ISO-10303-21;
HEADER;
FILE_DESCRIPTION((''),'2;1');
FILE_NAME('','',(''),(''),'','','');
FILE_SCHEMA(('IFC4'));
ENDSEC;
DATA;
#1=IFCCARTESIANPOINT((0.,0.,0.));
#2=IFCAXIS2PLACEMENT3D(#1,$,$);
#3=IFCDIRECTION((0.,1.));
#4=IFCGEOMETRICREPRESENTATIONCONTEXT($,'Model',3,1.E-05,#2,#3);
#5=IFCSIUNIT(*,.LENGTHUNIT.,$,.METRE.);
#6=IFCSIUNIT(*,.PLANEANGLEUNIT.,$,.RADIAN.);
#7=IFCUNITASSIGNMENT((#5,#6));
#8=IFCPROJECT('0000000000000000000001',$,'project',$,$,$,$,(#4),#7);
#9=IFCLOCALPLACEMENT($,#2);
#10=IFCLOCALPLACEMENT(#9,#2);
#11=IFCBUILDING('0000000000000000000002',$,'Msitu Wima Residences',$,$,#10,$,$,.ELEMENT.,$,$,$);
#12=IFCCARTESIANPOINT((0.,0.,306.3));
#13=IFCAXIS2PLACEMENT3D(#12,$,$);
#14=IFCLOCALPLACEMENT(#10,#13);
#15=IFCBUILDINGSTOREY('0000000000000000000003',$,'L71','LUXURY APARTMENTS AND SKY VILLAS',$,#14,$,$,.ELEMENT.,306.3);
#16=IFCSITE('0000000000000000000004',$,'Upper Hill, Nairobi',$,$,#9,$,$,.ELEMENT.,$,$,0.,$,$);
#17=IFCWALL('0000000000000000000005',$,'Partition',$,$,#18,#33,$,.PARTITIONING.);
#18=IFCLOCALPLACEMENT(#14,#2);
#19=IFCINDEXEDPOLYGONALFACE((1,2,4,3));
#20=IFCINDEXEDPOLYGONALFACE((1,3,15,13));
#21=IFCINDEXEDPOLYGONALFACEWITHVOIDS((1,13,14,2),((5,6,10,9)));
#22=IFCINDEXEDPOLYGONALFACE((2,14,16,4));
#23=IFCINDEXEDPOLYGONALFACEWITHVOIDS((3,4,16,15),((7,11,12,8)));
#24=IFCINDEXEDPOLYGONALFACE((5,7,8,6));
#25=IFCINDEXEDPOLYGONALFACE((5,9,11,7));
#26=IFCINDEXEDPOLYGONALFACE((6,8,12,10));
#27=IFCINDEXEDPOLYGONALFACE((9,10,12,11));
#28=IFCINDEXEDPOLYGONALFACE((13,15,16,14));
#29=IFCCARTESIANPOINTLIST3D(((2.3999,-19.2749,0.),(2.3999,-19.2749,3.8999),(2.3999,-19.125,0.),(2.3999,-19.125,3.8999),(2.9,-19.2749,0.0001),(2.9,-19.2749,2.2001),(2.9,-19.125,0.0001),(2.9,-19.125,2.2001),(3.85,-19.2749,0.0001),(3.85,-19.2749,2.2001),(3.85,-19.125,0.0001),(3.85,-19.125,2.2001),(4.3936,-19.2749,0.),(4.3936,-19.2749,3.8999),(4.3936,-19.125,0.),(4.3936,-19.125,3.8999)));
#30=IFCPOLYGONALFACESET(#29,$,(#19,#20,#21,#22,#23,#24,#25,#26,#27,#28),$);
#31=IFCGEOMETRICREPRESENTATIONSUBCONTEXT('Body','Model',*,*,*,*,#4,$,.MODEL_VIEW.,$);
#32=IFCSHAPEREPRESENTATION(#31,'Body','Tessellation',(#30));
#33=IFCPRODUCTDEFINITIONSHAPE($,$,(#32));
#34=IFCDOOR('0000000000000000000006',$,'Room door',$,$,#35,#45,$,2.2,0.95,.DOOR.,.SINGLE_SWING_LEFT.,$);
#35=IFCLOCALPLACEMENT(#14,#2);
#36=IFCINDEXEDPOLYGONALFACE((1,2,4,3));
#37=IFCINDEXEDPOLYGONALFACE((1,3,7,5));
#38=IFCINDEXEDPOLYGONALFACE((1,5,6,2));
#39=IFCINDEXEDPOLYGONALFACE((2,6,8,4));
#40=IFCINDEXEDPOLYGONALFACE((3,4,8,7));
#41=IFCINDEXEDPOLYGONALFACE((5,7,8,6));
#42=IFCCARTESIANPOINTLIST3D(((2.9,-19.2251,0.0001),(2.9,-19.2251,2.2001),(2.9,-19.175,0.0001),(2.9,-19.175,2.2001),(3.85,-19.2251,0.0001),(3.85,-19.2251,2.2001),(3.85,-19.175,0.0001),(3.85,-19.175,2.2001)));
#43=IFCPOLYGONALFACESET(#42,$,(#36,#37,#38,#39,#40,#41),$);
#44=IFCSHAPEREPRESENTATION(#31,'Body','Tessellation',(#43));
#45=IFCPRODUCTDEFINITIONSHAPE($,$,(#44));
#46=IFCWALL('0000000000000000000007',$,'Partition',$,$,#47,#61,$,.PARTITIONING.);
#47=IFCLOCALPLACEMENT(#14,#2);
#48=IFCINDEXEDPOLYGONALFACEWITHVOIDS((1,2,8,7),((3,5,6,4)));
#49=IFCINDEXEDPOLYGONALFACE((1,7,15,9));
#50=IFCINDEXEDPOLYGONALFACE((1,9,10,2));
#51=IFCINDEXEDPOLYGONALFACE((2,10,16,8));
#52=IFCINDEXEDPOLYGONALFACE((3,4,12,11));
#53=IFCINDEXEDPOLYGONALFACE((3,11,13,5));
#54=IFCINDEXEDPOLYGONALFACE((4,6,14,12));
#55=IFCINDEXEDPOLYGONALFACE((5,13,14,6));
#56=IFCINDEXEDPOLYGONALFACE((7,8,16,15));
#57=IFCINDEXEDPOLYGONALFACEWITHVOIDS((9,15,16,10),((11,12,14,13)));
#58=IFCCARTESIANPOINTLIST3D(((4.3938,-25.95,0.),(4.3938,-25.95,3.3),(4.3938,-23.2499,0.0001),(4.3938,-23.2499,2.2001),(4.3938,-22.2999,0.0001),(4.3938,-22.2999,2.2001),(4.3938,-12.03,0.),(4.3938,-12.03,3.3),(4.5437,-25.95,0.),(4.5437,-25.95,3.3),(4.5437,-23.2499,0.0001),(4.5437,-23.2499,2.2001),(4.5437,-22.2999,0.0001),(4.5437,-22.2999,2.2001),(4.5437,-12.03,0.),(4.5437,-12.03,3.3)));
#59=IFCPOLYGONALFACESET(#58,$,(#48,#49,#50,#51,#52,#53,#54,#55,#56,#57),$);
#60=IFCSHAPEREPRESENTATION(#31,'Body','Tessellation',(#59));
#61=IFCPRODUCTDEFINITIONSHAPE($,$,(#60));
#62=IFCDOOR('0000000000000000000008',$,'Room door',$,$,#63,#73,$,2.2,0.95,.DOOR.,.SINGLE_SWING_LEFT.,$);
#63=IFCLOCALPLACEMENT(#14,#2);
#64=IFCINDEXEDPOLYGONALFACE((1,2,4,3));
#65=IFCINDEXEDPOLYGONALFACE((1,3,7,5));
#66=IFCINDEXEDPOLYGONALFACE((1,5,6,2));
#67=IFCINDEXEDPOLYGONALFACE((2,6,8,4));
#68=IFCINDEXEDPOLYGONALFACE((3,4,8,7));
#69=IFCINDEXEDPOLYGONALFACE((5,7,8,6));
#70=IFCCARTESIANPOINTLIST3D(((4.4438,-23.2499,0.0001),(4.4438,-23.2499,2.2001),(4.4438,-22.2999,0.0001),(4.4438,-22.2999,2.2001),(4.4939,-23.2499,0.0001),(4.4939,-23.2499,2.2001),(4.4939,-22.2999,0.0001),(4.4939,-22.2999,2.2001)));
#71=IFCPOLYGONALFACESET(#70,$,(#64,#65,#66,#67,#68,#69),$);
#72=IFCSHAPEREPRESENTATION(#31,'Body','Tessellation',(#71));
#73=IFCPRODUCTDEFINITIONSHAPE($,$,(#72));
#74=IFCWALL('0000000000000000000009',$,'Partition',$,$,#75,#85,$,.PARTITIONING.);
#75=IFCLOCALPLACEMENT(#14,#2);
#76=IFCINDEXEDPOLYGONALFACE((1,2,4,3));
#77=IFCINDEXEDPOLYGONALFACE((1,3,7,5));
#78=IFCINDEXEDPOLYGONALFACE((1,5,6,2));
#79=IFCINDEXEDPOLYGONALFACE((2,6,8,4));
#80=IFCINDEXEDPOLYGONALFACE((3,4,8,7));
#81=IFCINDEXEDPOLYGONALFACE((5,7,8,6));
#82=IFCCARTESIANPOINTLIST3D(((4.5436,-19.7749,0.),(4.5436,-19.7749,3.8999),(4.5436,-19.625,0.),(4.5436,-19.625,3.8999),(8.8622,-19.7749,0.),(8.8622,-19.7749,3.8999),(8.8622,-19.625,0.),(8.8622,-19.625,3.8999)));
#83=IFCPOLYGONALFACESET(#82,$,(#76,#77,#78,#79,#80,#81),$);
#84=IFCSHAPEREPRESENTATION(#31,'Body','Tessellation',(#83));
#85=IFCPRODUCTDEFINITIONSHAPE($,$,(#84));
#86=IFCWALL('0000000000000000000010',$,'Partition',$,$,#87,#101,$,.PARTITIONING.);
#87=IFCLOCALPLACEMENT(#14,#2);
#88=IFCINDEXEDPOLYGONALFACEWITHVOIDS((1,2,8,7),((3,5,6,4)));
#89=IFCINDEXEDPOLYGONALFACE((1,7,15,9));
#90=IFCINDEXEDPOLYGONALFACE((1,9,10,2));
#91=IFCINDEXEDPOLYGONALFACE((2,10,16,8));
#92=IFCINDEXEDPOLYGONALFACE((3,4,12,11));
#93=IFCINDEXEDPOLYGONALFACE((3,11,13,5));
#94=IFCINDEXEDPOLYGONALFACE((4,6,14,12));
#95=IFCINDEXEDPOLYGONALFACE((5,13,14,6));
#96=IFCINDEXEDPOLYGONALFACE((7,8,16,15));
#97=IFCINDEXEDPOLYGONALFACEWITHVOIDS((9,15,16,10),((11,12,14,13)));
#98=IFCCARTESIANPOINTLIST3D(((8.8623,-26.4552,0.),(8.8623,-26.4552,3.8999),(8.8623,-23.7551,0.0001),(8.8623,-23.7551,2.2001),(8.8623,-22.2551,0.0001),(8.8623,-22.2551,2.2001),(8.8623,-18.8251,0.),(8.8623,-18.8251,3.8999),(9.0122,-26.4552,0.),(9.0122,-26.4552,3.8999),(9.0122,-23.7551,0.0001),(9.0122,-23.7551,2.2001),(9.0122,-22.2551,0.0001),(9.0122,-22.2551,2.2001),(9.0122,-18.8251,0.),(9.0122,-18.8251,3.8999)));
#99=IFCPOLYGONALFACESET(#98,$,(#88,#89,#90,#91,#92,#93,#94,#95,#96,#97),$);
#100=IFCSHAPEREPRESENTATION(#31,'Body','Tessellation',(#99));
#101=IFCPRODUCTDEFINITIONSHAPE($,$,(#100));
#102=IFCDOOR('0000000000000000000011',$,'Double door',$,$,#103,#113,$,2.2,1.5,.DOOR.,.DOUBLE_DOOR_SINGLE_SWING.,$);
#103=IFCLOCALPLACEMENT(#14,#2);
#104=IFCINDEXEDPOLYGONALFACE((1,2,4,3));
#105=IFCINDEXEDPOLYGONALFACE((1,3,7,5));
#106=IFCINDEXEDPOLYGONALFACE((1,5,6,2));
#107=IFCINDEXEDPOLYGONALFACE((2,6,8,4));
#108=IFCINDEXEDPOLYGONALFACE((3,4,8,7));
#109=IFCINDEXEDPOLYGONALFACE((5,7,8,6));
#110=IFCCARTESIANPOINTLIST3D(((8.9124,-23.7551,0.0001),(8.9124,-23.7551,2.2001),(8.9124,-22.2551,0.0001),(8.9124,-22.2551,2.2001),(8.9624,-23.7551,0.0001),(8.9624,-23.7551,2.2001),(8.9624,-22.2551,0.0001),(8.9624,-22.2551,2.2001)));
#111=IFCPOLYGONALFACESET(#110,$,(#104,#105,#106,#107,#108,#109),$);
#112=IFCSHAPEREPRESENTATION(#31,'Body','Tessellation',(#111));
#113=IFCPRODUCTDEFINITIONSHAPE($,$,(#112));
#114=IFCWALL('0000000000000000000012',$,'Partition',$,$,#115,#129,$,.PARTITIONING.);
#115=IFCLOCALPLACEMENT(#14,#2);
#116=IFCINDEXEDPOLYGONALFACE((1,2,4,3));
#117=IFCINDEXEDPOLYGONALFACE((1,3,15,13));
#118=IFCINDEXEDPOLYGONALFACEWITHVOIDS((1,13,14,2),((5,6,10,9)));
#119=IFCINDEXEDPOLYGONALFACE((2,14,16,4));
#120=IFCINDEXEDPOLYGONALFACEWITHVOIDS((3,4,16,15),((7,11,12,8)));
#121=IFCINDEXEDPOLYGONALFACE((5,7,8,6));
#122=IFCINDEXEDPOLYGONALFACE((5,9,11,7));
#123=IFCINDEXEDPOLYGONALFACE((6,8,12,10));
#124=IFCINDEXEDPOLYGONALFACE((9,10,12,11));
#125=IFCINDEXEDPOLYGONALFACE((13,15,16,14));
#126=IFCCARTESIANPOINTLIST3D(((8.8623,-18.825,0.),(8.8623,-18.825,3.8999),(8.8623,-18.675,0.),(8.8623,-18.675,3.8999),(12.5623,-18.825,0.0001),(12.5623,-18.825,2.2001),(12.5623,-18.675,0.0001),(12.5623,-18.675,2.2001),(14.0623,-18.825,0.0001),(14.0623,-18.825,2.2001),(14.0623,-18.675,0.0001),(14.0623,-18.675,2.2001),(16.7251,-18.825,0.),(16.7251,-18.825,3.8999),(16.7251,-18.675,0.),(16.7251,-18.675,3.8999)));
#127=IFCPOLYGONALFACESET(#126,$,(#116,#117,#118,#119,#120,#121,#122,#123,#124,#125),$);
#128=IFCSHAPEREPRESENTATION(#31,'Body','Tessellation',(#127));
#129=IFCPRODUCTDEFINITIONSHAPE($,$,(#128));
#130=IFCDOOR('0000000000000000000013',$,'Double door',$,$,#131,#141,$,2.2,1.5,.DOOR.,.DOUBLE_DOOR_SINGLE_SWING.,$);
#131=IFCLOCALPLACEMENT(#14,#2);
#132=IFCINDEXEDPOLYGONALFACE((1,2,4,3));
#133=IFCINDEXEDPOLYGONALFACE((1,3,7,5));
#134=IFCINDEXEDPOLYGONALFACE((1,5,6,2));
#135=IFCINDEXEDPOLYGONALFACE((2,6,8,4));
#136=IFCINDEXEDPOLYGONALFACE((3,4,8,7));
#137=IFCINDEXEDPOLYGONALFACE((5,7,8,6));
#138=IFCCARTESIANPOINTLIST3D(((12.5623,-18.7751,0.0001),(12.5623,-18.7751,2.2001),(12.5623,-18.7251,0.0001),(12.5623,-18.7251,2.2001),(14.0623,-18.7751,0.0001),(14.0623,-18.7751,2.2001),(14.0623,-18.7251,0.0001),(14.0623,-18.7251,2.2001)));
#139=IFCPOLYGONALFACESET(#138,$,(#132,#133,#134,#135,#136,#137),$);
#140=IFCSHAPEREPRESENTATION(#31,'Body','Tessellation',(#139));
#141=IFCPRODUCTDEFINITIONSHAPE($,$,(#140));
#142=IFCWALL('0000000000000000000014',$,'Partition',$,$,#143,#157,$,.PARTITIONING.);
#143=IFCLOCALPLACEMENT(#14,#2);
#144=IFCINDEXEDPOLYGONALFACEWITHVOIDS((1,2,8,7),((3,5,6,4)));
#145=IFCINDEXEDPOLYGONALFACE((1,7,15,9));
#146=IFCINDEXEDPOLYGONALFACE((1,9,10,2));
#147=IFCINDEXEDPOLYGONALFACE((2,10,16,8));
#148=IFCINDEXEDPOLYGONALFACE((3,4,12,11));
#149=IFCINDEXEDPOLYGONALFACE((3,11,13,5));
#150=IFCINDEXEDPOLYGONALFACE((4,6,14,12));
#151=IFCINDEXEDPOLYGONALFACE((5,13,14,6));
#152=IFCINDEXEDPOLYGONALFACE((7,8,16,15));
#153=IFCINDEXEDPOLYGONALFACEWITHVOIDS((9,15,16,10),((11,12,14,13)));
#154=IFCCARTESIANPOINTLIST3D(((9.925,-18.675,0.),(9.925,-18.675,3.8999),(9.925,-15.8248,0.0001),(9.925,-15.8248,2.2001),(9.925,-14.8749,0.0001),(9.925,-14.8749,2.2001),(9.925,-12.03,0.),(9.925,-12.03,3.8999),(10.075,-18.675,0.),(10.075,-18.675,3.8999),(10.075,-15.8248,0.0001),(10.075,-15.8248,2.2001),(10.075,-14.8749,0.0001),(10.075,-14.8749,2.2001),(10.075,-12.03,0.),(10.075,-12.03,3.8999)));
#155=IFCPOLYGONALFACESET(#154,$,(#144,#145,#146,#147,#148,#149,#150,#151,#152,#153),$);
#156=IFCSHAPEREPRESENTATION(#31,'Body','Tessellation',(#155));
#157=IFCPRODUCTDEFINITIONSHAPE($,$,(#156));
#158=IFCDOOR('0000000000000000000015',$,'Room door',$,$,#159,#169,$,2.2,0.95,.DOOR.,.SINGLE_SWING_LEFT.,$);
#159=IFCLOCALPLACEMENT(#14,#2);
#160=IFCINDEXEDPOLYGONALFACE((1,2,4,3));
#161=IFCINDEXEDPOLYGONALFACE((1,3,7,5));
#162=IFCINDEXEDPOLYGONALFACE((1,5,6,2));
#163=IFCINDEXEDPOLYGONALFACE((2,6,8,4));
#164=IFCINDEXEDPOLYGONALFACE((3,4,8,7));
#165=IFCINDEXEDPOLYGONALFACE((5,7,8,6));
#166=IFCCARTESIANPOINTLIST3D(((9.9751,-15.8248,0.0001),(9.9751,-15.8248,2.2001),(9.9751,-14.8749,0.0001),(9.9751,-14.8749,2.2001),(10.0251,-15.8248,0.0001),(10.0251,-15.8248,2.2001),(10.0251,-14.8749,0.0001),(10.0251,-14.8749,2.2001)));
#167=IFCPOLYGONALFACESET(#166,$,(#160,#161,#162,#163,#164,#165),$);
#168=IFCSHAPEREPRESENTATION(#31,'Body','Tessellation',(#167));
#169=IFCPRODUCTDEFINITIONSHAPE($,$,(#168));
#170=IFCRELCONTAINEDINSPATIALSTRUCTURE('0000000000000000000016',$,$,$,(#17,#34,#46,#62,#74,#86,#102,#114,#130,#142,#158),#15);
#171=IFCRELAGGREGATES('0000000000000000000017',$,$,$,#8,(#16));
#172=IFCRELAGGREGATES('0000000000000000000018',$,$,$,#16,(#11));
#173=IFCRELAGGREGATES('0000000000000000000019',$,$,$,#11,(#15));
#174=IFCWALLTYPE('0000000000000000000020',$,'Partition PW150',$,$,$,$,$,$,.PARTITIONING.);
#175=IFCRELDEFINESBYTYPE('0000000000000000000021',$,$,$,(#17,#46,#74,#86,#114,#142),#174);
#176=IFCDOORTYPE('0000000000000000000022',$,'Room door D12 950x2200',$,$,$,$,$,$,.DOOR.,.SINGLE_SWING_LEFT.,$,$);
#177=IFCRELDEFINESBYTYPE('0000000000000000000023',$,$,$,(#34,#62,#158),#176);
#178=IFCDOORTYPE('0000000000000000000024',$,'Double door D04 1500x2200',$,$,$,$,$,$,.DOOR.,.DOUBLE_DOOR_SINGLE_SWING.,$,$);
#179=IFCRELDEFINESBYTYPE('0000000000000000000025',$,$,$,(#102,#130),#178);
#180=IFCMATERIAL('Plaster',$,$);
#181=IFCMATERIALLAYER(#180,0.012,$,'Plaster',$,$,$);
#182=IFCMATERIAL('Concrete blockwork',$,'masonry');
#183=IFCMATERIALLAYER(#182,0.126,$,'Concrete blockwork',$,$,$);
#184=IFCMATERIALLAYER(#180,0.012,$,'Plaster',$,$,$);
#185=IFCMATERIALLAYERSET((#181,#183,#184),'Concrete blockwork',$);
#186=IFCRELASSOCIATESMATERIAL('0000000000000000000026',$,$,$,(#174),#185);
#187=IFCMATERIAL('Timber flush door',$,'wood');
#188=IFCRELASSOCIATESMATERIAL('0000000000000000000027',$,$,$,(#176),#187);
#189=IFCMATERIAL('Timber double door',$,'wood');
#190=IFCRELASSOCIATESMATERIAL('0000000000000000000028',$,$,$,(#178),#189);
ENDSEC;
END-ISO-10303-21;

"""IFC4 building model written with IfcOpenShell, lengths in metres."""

from ifc_helpers import new_model, si_unit, direction, frame, frame_2d, origin, place, context, subcontext, project, spatial, rectangle, extrude, material, layer, layer_set, type_object, element, fill, save


model = new_model("IFC4")

# Units and contexts
model_context = context("Model", 3, precision=1e-05, world=origin(), true_north=direction((0.0, 1.0)))
body_context = subcontext(model_context, "Body", "Model", "MODEL_VIEW")
ifc_project = project(units=[si_unit("LENGTHUNIT", "METRE"), si_unit("PLANEANGLEUNIT", "RADIAN")], contexts=[model_context])

# Site, building, storey
site_placement = place(None, origin())
site = spatial("IfcSite", under=ifc_project, at=site_placement, Name="Upper Hill, Nairobi", CompositionType="ELEMENT", RefElevation=0.0)
building_placement = place(site_placement, origin())
building = spatial("IfcBuilding", under=site, at=building_placement, Name="Msitu Wima Residences", CompositionType="ELEMENT")
storey_placement = place(building_placement, frame((0.0, 0.0, 306.3)))
storey = spatial("IfcBuildingStorey", under=building, at=storey_placement, Name="L71", Description="LUXURY APARTMENTS AND SKY VILLAS", CompositionType="ELEMENT", Elevation=306.3)

# Walls, openings, doors
ifc_material_1 = material(Name="Plaster")
ifc_layer_1 = layer(ifc_material_1, 0.012, Name="Plaster")
ifc_material_2 = material(Name="Concrete blockwork", Category="masonry")
ifc_layer_2 = layer(ifc_material_2, 0.126, Name="Concrete blockwork")
ifc_layer_3 = layer(ifc_material_1, 0.012, Name="Plaster")
ifc_layer_set_1 = layer_set([ifc_layer_1, ifc_layer_2, ifc_layer_3], Name="Concrete blockwork")
wall_type_1 = type_object("IfcWallType", Name="Partition PW150", PredefinedType="PARTITIONING", material=ifc_layer_set_1)
wall_1_placement = place(storey_placement, frame((2.3999, -19.2, 0.0), z_axis=(0.0, 0.0, 1.0), x_axis=(1.0, 0.0, 0.0)))
wall_1 = element("IfcWall", 1, at=wall_1_placement, inside=storey, type_object=wall_type_1, Name="Partition", PredefinedType="PARTITIONING", context=body_context, shape_type="SweptSolid", body=[
    extrude(rectangle(XDim=1.9937, YDim=0.1499, at=frame_2d((0.9968, 0.0))), origin(), (0.0, 0.0, 1.0), 3.8999),
])
opening_1_placement = place(wall_1_placement, frame((0.5, 0.0, 0.0)))
opening_1 = element("IfcOpeningElement", 2, at=opening_1_placement, cuts=wall_1, PredefinedType="OPENING", context=body_context, shape_type="SweptSolid", body=[
    extrude(rectangle(XDim=0.95, YDim=2.2, at=frame_2d((0.4751, 1.1001))), frame((0.0, 0.085, 0.0), z_axis=(0.0, -1.0, 0.0), x_axis=(1.0, 0.0, 0.0)), (0.0, 0.0, 1.0), 0.1699),
])
ifc_material_3 = material(Name="Timber flush door", Category="wood")
door_type_1 = type_object("IfcDoorType", Name="Room door D12 950x2200", OperationType="SINGLE_SWING_LEFT", PredefinedType="DOOR", material=ifc_material_3)
door_1_placement = place(opening_1_placement, origin())
door_1 = element("IfcDoor", 3, at=door_1_placement, inside=storey, type_object=door_type_1, Name="Room door", OperationType="SINGLE_SWING_LEFT", OverallHeight=2.2, OverallWidth=0.95, PredefinedType="DOOR", context=body_context, shape_type="SweptSolid", body=[
    extrude(rectangle(XDim=0.95, YDim=2.2, at=frame_2d((0.4751, 1.1001))), frame((0.0, 0.0249, 0.0), z_axis=(0.0, -1.0, 0.0), x_axis=(1.0, 0.0, 0.0)), (0.0, 0.0, 1.0), 0.05),
])
fill(opening_1, door_1)
wall_2_placement = place(storey_placement, frame((4.4688, -25.95, 0.0), z_axis=(0.0, 0.0, 1.0), x_axis=(0.0, 1.0, 0.0)))
wall_2 = element("IfcWall", 4, at=wall_2_placement, inside=storey, type_object=wall_type_1, Name="Partition", PredefinedType="PARTITIONING", context=body_context, shape_type="SweptSolid", body=[
    extrude(rectangle(XDim=13.9199, YDim=0.1499, at=frame_2d((6.96, 0.0))), origin(), (0.0, 0.0, 1.0), 3.3),
])
opening_2_placement = place(wall_2_placement, frame((2.7, 0.0, 0.0)))
opening_2 = element("IfcOpeningElement", 5, at=opening_2_placement, cuts=wall_2, PredefinedType="OPENING", context=body_context, shape_type="SweptSolid", body=[
    extrude(rectangle(XDim=0.95, YDim=2.2, at=frame_2d((0.4751, 1.1001))), frame((0.0, 0.085, 0.0), z_axis=(0.0, -1.0, 0.0), x_axis=(1.0, 0.0, 0.0)), (0.0, 0.0, 1.0), 0.1699),
])
door_2_placement = place(opening_2_placement, origin())
door_2 = element("IfcDoor", 6, at=door_2_placement, inside=storey, type_object=door_type_1, Name="Room door", OperationType="SINGLE_SWING_LEFT", OverallHeight=2.2, OverallWidth=0.95, PredefinedType="DOOR", context=body_context, shape_type="SweptSolid", body=[
    extrude(rectangle(XDim=0.95, YDim=2.2, at=frame_2d((0.4751, 1.1001))), frame((0.0, 0.0249, 0.0), z_axis=(0.0, -1.0, 0.0), x_axis=(1.0, 0.0, 0.0)), (0.0, 0.0, 1.0), 0.05),
])
fill(opening_2, door_2)

# Wall
wall_3_placement = place(storey_placement, frame((4.5437, -19.7, 0.0), z_axis=(0.0, 0.0, 1.0), x_axis=(1.0, 0.0, 0.0)))
element("IfcWall", 7, at=wall_3_placement, inside=storey, type_object=wall_type_1, Name="Partition", PredefinedType="PARTITIONING", context=body_context, shape_type="SweptSolid", body=[
    extrude(rectangle(XDim=4.3186, YDim=0.1499, at=frame_2d((2.1592, 0.0))), origin(), (0.0, 0.0, 1.0), 3.8999),
])

# Walls, openings, doors
wall_4_placement = place(storey_placement, frame((8.9373, -26.4551, 0.0), z_axis=(0.0, 0.0, 1.0), x_axis=(0.0, 1.0, 0.0)))
wall_4 = element("IfcWall", 8, at=wall_4_placement, inside=storey, type_object=wall_type_1, Name="Partition", PredefinedType="PARTITIONING", context=body_context, shape_type="SweptSolid", body=[
    extrude(rectangle(XDim=7.6301, YDim=0.1499, at=frame_2d((3.8149, 0.0))), origin(), (0.0, 0.0, 1.0), 3.8999),
])
opening_3_placement = place(wall_4_placement, frame((2.7, 0.0, 0.0)))
opening_3 = element("IfcOpeningElement", 9, at=opening_3_placement, cuts=wall_4, PredefinedType="OPENING", context=body_context, shape_type="SweptSolid", body=[
    extrude(rectangle(XDim=1.5, YDim=2.2, at=frame_2d((0.75, 1.1001))), frame((0.0, 0.085, 0.0), z_axis=(0.0, -1.0, 0.0), x_axis=(1.0, 0.0, 0.0)), (0.0, 0.0, 1.0), 0.1699),
])
ifc_material_4 = material(Name="Timber double door", Category="wood")
door_type_2 = type_object("IfcDoorType", Name="Double door D04 1500x2200", OperationType="DOUBLE_DOOR_SINGLE_SWING", PredefinedType="DOOR", material=ifc_material_4)
door_3_placement = place(opening_3_placement, origin())
door_3 = element("IfcDoor", 10, at=door_3_placement, inside=storey, type_object=door_type_2, Name="Double door", OperationType="DOUBLE_DOOR_SINGLE_SWING", OverallHeight=2.2, OverallWidth=1.5, PredefinedType="DOOR", context=body_context, shape_type="SweptSolid", body=[
    extrude(rectangle(XDim=1.5, YDim=2.2, at=frame_2d((0.75, 1.1001))), frame((0.0, 0.0249, 0.0), z_axis=(0.0, -1.0, 0.0), x_axis=(1.0, 0.0, 0.0)), (0.0, 0.0, 1.0), 0.05),
])
fill(opening_3, door_3)
wall_5_placement = place(storey_placement, frame((8.8623, -18.75, 0.0), z_axis=(0.0, 0.0, 1.0), x_axis=(1.0, 0.0, 0.0)))
wall_5 = element("IfcWall", 11, at=wall_5_placement, inside=storey, type_object=wall_type_1, Name="Partition", PredefinedType="PARTITIONING", context=body_context, shape_type="SweptSolid", body=[
    extrude(rectangle(XDim=7.8628, YDim=0.1499, at=frame_2d((3.9314, 0.0))), origin(), (0.0, 0.0, 1.0), 3.8999),
])
opening_4_placement = place(wall_5_placement, frame((3.7, 0.0, 0.0)))
opening_4 = element("IfcOpeningElement", 12, at=opening_4_placement, cuts=wall_5, PredefinedType="OPENING", context=body_context, shape_type="SweptSolid", body=[
    extrude(rectangle(XDim=1.5, YDim=2.2, at=frame_2d((0.75, 1.1001))), frame((0.0, 0.085, 0.0), z_axis=(0.0, -1.0, 0.0), x_axis=(1.0, 0.0, 0.0)), (0.0, 0.0, 1.0), 0.1699),
])
door_4_placement = place(opening_4_placement, origin())
door_4 = element("IfcDoor", 13, at=door_4_placement, inside=storey, type_object=door_type_2, Name="Double door", OperationType="DOUBLE_DOOR_SINGLE_SWING", OverallHeight=2.2, OverallWidth=1.5, PredefinedType="DOOR", context=body_context, shape_type="SweptSolid", body=[
    extrude(rectangle(XDim=1.5, YDim=2.2, at=frame_2d((0.75, 1.1001))), frame((0.0, 0.0249, 0.0), z_axis=(0.0, -1.0, 0.0), x_axis=(1.0, 0.0, 0.0)), (0.0, 0.0, 1.0), 0.05),
])
fill(opening_4, door_4)
wall_6_placement = place(storey_placement, frame((10.0, -18.675, 0.0), z_axis=(0.0, 0.0, 1.0), x_axis=(0.0, 1.0, 0.0)))
wall_6 = element("IfcWall", 14, at=wall_6_placement, inside=storey, type_object=wall_type_1, Name="Partition", PredefinedType="PARTITIONING", context=body_context, shape_type="SweptSolid", body=[
    extrude(rectangle(XDim=6.645, YDim=0.1499, at=frame_2d((3.3225, 0.0))), origin(), (0.0, 0.0, 1.0), 3.8999),
])
opening_5_placement = place(wall_6_placement, frame((2.8501, 0.0, 0.0)))
opening_5 = element("IfcOpeningElement", 15, at=opening_5_placement, cuts=wall_6, PredefinedType="OPENING", context=body_context, shape_type="SweptSolid", body=[
    extrude(rectangle(XDim=0.95, YDim=2.2, at=frame_2d((0.4751, 1.1001))), frame((0.0, 0.085, 0.0), z_axis=(0.0, -1.0, 0.0), x_axis=(1.0, 0.0, 0.0)), (0.0, 0.0, 1.0), 0.1699),
])
door_5_placement = place(opening_5_placement, origin())
door_5 = element("IfcDoor", 16, at=door_5_placement, inside=storey, type_object=door_type_1, Name="Room door", OperationType="SINGLE_SWING_LEFT", OverallHeight=2.2, OverallWidth=0.95, PredefinedType="DOOR", context=body_context, shape_type="SweptSolid", body=[
    extrude(rectangle(XDim=0.95, YDim=2.2, at=frame_2d((0.4751, 1.1001))), frame((0.0, 0.0249, 0.0), z_axis=(0.0, -1.0, 0.0), x_axis=(1.0, 0.0, 0.0)), (0.0, 0.0, 1.0), 0.05),
])
fill(opening_5, door_5)

save(model, "model.ifc")
